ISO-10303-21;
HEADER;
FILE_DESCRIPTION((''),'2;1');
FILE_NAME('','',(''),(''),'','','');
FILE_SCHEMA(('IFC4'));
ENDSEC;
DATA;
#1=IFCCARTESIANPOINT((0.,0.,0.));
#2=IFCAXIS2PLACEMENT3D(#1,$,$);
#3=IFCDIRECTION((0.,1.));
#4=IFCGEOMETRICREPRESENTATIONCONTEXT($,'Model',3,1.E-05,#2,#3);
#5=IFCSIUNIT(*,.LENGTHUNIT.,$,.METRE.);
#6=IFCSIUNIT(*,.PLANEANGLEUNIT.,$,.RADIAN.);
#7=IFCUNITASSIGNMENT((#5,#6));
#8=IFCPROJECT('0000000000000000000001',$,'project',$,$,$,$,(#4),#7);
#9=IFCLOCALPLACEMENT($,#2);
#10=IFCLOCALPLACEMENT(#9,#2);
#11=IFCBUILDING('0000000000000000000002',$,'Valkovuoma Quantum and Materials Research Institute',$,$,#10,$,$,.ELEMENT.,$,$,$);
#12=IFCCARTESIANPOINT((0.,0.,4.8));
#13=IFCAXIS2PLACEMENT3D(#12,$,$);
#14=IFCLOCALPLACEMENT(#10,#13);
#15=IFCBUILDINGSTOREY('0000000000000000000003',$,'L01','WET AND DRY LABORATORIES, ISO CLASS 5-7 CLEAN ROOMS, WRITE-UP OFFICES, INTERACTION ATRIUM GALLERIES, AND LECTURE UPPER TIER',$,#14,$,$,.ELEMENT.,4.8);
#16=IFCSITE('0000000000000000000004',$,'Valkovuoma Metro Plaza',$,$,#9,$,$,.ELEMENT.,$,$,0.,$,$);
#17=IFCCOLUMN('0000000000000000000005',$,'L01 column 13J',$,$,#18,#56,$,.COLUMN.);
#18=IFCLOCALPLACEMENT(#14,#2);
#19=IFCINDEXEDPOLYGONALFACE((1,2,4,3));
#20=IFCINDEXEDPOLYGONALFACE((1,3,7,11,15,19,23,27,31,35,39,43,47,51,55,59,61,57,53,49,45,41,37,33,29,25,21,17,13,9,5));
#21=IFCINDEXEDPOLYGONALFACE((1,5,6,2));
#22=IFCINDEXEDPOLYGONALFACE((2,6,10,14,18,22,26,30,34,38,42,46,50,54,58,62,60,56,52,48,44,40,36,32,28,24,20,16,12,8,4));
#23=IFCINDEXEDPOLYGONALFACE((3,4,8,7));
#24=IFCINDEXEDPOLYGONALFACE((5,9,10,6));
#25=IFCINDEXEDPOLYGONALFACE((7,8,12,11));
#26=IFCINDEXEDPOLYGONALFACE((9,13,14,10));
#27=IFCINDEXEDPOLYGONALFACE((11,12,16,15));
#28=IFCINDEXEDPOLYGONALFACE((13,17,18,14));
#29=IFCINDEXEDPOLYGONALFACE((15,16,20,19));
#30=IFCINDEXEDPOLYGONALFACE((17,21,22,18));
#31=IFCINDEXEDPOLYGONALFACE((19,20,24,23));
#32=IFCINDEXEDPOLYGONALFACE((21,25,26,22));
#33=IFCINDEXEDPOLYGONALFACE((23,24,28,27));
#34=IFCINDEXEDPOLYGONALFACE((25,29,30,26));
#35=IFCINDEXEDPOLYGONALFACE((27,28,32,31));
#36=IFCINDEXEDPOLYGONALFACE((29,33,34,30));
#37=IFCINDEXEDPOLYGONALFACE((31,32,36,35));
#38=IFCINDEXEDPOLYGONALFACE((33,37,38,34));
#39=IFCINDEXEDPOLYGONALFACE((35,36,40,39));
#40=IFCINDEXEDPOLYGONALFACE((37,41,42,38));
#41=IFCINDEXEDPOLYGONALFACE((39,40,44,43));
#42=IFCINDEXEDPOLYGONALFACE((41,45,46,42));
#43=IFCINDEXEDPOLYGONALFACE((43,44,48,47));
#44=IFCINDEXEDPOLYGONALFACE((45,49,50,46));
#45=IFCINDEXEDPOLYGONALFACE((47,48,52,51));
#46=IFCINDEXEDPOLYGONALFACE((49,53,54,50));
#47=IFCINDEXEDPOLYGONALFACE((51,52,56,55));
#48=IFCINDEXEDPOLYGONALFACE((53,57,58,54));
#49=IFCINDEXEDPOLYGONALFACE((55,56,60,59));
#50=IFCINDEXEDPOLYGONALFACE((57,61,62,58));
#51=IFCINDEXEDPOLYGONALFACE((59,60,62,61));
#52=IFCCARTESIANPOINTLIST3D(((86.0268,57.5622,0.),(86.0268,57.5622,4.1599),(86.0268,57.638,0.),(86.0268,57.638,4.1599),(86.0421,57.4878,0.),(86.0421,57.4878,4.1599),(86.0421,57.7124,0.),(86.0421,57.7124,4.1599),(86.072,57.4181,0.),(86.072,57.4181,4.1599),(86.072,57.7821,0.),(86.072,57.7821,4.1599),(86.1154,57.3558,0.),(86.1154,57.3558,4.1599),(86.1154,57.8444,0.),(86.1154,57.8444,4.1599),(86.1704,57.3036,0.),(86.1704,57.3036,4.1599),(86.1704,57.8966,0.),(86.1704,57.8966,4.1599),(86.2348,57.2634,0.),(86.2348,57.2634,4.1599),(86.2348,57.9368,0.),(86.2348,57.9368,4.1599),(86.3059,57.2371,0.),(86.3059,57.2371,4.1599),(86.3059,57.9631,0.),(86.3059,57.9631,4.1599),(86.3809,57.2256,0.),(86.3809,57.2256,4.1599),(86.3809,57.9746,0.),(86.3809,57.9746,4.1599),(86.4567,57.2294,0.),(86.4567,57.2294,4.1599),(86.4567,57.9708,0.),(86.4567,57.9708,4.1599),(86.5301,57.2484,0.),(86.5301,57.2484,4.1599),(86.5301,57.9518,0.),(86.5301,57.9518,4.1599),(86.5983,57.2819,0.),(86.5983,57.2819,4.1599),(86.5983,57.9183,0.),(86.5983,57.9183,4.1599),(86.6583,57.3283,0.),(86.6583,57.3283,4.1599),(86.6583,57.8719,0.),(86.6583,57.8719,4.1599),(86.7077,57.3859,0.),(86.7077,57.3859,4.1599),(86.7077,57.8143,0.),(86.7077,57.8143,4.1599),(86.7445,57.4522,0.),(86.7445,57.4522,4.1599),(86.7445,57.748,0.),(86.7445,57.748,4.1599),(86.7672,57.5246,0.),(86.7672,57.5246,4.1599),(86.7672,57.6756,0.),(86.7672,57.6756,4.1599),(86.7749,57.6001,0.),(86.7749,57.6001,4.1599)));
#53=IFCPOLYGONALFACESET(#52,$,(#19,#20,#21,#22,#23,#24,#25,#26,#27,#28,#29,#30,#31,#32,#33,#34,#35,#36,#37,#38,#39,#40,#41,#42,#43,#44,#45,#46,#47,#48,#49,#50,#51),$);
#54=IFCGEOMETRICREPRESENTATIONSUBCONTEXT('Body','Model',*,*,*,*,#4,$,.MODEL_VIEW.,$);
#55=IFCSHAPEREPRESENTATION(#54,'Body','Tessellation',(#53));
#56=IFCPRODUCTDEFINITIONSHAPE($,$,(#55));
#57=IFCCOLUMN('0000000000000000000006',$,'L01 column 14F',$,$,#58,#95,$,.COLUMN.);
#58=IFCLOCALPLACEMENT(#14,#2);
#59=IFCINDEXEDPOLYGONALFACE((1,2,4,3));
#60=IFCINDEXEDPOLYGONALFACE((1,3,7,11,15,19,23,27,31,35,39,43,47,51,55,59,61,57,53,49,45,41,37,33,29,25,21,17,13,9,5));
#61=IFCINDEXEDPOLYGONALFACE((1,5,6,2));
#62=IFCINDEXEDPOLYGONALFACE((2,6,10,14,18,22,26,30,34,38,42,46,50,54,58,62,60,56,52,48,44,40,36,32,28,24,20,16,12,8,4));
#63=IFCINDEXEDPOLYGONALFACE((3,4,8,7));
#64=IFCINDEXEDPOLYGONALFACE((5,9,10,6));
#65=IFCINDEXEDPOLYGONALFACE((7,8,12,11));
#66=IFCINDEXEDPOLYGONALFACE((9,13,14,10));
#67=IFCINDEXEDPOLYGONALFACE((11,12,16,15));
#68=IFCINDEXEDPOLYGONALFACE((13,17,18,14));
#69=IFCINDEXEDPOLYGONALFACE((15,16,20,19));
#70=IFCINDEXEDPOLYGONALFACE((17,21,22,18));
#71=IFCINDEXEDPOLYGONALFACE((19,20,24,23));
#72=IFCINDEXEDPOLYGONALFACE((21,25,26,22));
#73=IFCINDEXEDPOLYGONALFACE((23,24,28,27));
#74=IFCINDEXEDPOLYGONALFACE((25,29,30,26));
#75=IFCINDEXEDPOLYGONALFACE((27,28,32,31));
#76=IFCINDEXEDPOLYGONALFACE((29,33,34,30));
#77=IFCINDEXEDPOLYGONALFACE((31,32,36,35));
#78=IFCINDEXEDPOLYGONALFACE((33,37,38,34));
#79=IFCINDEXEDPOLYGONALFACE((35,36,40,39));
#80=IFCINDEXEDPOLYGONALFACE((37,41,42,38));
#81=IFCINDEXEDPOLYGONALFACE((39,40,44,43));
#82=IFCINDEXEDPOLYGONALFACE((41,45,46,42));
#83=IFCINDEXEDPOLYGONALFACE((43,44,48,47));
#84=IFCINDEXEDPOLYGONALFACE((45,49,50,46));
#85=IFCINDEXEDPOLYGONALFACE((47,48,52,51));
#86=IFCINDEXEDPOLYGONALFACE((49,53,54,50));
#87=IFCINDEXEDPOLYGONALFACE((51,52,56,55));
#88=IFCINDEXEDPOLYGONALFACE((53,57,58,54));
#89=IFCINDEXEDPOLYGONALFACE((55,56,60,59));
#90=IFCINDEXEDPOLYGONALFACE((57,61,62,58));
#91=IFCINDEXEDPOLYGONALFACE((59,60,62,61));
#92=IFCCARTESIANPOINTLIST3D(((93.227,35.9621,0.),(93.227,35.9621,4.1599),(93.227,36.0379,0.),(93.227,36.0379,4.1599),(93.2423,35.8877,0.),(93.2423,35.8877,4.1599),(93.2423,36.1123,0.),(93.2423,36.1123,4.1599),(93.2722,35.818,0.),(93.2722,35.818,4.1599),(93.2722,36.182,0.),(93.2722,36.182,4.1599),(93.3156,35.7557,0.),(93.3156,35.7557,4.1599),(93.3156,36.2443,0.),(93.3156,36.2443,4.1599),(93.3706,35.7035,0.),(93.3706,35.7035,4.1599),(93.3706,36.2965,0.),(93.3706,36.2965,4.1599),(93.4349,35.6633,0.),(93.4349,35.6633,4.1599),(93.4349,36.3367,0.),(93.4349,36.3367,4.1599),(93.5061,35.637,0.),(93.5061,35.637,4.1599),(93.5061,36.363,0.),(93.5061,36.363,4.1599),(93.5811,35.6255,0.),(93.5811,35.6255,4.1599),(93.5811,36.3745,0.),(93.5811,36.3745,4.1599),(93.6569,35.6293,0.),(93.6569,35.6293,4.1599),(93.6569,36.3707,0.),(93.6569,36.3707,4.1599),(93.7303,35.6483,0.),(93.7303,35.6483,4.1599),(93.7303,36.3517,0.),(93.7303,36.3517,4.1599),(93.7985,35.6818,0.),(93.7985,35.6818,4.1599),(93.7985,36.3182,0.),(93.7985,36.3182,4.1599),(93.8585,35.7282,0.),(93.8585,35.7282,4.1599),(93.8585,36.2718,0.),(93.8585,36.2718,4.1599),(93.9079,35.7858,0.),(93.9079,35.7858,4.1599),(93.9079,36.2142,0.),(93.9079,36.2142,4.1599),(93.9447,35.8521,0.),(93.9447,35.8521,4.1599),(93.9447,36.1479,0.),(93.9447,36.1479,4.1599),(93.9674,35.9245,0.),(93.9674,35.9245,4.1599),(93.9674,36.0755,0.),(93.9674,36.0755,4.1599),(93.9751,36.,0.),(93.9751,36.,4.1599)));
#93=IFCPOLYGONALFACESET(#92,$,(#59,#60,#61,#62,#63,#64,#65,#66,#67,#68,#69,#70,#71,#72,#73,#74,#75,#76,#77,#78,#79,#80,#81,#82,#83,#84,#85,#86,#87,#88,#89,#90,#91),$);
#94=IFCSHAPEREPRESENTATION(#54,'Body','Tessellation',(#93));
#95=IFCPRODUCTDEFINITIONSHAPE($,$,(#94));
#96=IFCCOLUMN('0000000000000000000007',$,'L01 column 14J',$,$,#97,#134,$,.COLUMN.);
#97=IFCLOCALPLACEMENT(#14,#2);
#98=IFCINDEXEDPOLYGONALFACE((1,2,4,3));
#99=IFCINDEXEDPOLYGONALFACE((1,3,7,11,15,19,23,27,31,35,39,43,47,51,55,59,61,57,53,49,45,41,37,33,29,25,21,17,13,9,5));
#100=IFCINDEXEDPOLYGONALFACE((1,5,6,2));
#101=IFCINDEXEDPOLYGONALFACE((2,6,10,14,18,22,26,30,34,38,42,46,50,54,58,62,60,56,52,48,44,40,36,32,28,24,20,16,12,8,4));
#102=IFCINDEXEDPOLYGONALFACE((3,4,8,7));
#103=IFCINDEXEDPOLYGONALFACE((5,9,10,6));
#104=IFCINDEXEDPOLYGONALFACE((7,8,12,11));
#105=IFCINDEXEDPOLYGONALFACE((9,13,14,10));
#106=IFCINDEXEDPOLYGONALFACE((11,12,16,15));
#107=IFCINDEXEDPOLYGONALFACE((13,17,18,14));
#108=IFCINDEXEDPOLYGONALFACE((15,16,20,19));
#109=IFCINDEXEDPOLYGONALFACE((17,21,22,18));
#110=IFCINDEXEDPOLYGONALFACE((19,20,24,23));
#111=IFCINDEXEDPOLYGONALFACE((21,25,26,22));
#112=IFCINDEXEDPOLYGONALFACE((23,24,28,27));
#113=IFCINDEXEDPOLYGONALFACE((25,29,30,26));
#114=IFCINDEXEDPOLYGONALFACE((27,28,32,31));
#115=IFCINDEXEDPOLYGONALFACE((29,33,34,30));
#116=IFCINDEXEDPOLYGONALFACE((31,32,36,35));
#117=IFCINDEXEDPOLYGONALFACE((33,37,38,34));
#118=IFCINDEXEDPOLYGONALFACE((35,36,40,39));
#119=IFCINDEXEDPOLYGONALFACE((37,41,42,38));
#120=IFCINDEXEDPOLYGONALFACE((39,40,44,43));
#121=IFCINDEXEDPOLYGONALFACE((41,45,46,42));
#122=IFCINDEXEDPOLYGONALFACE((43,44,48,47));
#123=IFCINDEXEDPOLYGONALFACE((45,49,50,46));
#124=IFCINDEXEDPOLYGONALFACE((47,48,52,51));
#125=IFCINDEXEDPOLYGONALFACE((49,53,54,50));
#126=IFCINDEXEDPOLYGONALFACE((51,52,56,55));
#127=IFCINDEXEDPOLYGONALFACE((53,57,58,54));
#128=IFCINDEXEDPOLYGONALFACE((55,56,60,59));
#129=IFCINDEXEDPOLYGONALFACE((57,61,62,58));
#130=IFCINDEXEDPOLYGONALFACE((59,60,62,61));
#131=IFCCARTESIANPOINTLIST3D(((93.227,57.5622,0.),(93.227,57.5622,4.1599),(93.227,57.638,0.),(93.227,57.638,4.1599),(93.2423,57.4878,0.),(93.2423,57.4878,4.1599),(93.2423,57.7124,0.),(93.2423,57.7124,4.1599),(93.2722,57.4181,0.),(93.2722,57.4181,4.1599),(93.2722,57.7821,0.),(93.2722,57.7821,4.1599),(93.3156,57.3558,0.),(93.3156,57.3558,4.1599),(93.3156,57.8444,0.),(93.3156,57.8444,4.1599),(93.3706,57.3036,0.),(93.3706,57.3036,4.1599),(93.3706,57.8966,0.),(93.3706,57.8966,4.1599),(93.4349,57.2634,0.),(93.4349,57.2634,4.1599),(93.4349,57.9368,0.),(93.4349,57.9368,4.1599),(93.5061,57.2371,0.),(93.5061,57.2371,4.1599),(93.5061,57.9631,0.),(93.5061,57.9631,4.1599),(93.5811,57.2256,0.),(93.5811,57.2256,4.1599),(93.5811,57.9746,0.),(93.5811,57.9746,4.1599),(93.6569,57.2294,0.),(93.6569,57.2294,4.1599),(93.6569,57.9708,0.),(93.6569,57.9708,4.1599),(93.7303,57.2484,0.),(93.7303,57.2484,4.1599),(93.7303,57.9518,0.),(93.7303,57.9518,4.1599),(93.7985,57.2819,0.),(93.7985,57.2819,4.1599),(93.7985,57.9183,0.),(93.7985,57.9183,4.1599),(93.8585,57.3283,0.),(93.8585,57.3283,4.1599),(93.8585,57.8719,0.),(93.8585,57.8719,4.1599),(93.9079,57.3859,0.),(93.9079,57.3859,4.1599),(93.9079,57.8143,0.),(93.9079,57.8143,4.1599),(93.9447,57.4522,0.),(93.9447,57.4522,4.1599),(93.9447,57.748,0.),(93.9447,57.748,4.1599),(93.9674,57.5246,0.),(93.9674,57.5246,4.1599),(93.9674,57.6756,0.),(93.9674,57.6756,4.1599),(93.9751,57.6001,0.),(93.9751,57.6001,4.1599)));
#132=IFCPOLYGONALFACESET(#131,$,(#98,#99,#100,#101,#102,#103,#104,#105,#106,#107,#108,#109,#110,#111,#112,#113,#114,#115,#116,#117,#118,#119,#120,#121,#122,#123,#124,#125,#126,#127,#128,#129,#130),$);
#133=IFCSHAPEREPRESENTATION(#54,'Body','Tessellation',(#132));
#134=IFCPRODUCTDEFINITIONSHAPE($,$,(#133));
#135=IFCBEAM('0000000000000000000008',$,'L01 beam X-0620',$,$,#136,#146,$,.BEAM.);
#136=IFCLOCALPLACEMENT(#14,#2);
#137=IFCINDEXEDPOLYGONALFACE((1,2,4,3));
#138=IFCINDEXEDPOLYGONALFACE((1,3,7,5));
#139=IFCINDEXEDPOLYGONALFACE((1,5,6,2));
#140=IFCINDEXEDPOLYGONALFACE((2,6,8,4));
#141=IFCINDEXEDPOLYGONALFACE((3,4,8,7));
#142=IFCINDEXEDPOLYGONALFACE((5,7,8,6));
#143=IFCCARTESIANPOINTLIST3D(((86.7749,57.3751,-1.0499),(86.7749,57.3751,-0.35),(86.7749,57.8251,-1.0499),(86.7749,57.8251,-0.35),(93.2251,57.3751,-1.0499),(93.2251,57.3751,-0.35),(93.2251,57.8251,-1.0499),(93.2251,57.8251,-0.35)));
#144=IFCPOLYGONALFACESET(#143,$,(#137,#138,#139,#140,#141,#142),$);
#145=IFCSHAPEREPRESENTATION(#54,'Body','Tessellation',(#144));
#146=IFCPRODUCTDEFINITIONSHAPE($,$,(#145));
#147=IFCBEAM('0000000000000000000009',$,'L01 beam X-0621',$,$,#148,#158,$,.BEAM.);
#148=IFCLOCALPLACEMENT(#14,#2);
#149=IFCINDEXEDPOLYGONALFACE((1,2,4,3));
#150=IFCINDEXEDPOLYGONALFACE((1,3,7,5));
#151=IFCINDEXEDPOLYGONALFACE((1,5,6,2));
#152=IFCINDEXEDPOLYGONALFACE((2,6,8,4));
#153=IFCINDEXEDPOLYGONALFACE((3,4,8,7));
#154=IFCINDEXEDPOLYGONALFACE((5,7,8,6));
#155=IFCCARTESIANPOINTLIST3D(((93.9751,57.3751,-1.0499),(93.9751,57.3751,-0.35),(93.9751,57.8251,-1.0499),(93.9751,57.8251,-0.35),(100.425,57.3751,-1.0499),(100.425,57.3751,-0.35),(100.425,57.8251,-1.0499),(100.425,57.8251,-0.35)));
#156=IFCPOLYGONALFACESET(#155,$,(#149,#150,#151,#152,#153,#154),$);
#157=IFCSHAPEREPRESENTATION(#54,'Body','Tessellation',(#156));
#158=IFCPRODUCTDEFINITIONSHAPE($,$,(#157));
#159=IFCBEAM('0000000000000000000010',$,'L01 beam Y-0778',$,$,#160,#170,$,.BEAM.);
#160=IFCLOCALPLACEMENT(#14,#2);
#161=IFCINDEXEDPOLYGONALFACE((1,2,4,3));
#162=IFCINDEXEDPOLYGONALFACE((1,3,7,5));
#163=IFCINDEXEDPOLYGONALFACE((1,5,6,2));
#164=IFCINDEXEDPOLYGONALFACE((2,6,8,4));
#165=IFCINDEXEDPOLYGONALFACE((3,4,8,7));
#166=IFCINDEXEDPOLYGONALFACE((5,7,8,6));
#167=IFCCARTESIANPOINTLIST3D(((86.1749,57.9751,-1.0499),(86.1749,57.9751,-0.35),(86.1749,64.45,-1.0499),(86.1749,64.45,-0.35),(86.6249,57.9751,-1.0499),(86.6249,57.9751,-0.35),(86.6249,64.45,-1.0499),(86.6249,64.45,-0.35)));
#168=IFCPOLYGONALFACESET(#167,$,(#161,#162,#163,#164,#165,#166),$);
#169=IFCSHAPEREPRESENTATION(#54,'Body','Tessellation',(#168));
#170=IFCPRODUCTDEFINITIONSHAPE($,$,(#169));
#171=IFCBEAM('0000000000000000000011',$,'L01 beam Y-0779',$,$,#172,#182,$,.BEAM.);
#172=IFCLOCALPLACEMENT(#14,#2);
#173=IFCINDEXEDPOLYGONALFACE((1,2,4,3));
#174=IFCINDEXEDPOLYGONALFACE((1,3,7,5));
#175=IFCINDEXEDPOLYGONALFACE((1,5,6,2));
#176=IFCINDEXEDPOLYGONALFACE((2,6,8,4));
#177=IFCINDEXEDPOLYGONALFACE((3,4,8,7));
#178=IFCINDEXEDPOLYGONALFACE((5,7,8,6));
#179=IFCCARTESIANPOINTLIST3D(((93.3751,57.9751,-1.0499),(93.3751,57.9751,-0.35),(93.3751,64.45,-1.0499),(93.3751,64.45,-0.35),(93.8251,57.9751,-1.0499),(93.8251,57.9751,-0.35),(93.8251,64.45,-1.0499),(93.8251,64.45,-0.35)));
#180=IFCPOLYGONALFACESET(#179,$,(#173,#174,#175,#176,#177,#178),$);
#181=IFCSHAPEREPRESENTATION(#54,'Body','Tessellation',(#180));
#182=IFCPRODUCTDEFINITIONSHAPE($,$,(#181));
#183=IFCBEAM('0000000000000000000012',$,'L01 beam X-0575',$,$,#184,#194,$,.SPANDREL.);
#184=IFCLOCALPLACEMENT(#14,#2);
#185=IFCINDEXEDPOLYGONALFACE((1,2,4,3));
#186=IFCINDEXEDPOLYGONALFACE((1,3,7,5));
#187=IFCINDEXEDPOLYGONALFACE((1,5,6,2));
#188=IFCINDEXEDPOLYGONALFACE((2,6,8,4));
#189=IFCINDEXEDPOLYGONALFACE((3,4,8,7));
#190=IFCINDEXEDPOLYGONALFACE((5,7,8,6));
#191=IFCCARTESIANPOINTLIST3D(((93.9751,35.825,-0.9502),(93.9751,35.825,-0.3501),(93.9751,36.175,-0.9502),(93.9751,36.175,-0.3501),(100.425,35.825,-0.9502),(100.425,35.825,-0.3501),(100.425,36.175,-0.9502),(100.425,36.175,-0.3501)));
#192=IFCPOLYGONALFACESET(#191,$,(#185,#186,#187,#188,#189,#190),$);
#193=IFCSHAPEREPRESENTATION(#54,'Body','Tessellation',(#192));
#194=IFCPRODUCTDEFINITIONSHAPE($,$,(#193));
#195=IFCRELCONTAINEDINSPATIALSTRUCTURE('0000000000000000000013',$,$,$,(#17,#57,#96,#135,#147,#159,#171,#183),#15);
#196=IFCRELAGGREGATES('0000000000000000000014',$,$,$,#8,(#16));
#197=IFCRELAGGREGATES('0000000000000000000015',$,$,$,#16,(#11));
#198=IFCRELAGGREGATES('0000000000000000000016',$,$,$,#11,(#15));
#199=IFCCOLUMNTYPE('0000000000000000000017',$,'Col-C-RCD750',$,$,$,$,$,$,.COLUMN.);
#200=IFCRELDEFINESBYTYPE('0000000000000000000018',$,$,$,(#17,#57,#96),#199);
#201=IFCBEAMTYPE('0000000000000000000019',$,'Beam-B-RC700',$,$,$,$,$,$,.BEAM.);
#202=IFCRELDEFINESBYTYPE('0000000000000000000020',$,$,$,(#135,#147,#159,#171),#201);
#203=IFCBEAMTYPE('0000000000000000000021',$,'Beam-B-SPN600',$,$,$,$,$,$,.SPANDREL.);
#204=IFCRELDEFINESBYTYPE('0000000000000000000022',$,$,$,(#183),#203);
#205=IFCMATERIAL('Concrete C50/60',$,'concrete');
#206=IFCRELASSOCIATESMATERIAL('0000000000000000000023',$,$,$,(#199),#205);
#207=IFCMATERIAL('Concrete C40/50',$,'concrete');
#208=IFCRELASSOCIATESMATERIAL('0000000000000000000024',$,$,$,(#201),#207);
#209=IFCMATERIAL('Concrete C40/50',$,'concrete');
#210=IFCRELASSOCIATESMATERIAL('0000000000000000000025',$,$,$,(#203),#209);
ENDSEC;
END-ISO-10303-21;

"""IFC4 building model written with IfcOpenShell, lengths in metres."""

from ifc_helpers import new_model, si_unit, direction, frame, origin, origin_2d, place, context, subcontext, project, spatial, rectangle, circle, extrude, material, material_profile, profile_set, type_object, element, save


model = new_model("IFC4")

# Units and contexts
model_context = context("Model", 3, precision=1e-05, world=origin(), true_north=direction((0.0, 1.0)))
body_context = subcontext(model_context, "Body", "Model", "MODEL_VIEW")
ifc_project = project(units=[si_unit("LENGTHUNIT", "METRE"), si_unit("PLANEANGLEUNIT", "RADIAN")], contexts=[model_context])

# Site, building, storey
site_placement = place(None, origin())
site = spatial("IfcSite", under=ifc_project, at=site_placement, Name="Valkovuoma Metro Plaza", CompositionType="ELEMENT", RefElevation=0.0)
building_placement = place(site_placement, origin())
building = spatial("IfcBuilding", under=site, at=building_placement, Name="Valkovuoma Quantum and Materials Research Institute", CompositionType="ELEMENT")
storey_placement = place(building_placement, frame((0.0, 0.0, 4.8)))
storey = spatial("IfcBuildingStorey", under=building, at=storey_placement, Name="L01", Description="WET AND DRY LABORATORIES, ISO CLASS 5-7 CLEAN ROOMS, WRITE-UP OFFICES, INTERACTION ATRIUM GALLERIES, AND LECTURE UPPER TIER", CompositionType="ELEMENT", Elevation=4.8)

# Columns
ifc_material_1 = material(Name="Concrete C50/60", Category="concrete")
ifc_material_profile_1 = material_profile(ifc_material_1, circle(Radius=0.375, at=origin_2d()), Name="Concrete C50/60")
ifc_profile_set_1 = profile_set([ifc_material_profile_1], Name="Concrete C50/60")
column_type = type_object("IfcColumnType", Name="Col-C-RCD750", PredefinedType="COLUMN", material=ifc_profile_set_1)
for number, where, z_axis, x_axis, name in (
    (1, (86.3999, 57.6001, 0.0), (0.0, 0.0, 1.0), (1.0, 0.0, 0.0), "L01 column 13J"),
    (2, (93.6001, 36.0, 0.0), (0.0, 0.0, 1.0), (1.0, 0.0, 0.0), "L01 column 14F"),
    (3, (93.6001, 57.6001, 0.0), (0.0, 0.0, 1.0), (1.0, 0.0, 0.0), "L01 column 14J"),
):
    element("IfcColumn", number, at=place(storey_placement, frame(where, z_axis=z_axis, x_axis=x_axis)), inside=storey, type_object=column_type, Name=name, PredefinedType="COLUMN", context=body_context, shape_type="SweptSolid", body=[
        extrude(circle(Radius=0.375, at=origin_2d()), origin(), (0.0, 0.0, 1.0), 4.1599),
    ])

# Beams
ifc_material_2 = material(Name="Concrete C40/50", Category="concrete")
ifc_material_profile_2 = material_profile(ifc_material_2, rectangle(XDim=0.45, YDim=0.7, at=origin_2d()), Name="Concrete C40/50")
ifc_profile_set_2 = profile_set([ifc_material_profile_2], Name="Concrete C40/50")
beam_type_1 = type_object("IfcBeamType", Name="Beam-B-RC700", PredefinedType="BEAM", material=ifc_profile_set_2)
beam_1_placement = place(storey_placement, frame((86.7749, 57.6001, -0.7), z_axis=(1.0, 0.0, 0.0), x_axis=(0.0, 1.0, 0.0)))
element("IfcBeam", 4, at=beam_1_placement, inside=storey, type_object=beam_type_1, Name="L01 beam X-0620", PredefinedType="BEAM", context=body_context, shape_type="SweptSolid", body=[
    extrude(rectangle(XDim=0.45, YDim=0.7, at=origin_2d()), origin(), (0.0, 0.0, 1.0), 6.4502),
])
beam_2_placement = place(storey_placement, frame((93.9751, 57.6001, -0.7), z_axis=(1.0, 0.0, 0.0), x_axis=(0.0, 1.0, 0.0)))
element("IfcBeam", 5, at=beam_2_placement, inside=storey, type_object=beam_type_1, Name="L01 beam X-0621", PredefinedType="BEAM", context=body_context, shape_type="SweptSolid", body=[
    extrude(rectangle(XDim=0.45, YDim=0.7, at=origin_2d()), origin(), (0.0, 0.0, 1.0), 6.45),
])
for number, where, z_axis, x_axis, name in (
    (6, (86.3999, 57.9751, -0.7), (0.0, 1.0, 0.0), (-1.0, 0.0, 0.0), "L01 beam Y-0778"),
    (7, (93.6001, 57.9751, -0.7), (0.0, 1.0, 0.0), (-1.0, 0.0, 0.0), "L01 beam Y-0779"),
):
    element("IfcBeam", number, at=place(storey_placement, frame(where, z_axis=z_axis, x_axis=x_axis)), inside=storey, type_object=beam_type_1, Name=name, PredefinedType="BEAM", context=body_context, shape_type="SweptSolid", body=[
        extrude(rectangle(XDim=0.45, YDim=0.7, at=origin_2d()), origin(), (0.0, 0.0, 1.0), 6.4749),
    ])
ifc_material_3 = material(Name="Concrete C40/50", Category="concrete")
ifc_material_profile_3 = material_profile(ifc_material_3, rectangle(XDim=0.3501, YDim=0.6001, at=origin_2d()), Name="Concrete C40/50")
ifc_profile_set_3 = profile_set([ifc_material_profile_3], Name="Concrete C40/50")
beam_type_2 = type_object("IfcBeamType", Name="Beam-B-SPN600", PredefinedType="SPANDREL", material=ifc_profile_set_3)
beam_3_placement = place(storey_placement, frame((93.9751, 36.0, -0.6501), z_axis=(1.0, 0.0, 0.0), x_axis=(0.0, 1.0, 0.0)))
element("IfcBeam", 8, at=beam_3_placement, inside=storey, type_object=beam_type_2, Name="L01 beam X-0575", PredefinedType="SPANDREL", context=body_context, shape_type="SweptSolid", body=[
    extrude(rectangle(XDim=0.3501, YDim=0.6001, at=origin_2d()), origin(), (0.0, 0.0, 1.0), 6.45),
])

save(model, "model.ifc")
